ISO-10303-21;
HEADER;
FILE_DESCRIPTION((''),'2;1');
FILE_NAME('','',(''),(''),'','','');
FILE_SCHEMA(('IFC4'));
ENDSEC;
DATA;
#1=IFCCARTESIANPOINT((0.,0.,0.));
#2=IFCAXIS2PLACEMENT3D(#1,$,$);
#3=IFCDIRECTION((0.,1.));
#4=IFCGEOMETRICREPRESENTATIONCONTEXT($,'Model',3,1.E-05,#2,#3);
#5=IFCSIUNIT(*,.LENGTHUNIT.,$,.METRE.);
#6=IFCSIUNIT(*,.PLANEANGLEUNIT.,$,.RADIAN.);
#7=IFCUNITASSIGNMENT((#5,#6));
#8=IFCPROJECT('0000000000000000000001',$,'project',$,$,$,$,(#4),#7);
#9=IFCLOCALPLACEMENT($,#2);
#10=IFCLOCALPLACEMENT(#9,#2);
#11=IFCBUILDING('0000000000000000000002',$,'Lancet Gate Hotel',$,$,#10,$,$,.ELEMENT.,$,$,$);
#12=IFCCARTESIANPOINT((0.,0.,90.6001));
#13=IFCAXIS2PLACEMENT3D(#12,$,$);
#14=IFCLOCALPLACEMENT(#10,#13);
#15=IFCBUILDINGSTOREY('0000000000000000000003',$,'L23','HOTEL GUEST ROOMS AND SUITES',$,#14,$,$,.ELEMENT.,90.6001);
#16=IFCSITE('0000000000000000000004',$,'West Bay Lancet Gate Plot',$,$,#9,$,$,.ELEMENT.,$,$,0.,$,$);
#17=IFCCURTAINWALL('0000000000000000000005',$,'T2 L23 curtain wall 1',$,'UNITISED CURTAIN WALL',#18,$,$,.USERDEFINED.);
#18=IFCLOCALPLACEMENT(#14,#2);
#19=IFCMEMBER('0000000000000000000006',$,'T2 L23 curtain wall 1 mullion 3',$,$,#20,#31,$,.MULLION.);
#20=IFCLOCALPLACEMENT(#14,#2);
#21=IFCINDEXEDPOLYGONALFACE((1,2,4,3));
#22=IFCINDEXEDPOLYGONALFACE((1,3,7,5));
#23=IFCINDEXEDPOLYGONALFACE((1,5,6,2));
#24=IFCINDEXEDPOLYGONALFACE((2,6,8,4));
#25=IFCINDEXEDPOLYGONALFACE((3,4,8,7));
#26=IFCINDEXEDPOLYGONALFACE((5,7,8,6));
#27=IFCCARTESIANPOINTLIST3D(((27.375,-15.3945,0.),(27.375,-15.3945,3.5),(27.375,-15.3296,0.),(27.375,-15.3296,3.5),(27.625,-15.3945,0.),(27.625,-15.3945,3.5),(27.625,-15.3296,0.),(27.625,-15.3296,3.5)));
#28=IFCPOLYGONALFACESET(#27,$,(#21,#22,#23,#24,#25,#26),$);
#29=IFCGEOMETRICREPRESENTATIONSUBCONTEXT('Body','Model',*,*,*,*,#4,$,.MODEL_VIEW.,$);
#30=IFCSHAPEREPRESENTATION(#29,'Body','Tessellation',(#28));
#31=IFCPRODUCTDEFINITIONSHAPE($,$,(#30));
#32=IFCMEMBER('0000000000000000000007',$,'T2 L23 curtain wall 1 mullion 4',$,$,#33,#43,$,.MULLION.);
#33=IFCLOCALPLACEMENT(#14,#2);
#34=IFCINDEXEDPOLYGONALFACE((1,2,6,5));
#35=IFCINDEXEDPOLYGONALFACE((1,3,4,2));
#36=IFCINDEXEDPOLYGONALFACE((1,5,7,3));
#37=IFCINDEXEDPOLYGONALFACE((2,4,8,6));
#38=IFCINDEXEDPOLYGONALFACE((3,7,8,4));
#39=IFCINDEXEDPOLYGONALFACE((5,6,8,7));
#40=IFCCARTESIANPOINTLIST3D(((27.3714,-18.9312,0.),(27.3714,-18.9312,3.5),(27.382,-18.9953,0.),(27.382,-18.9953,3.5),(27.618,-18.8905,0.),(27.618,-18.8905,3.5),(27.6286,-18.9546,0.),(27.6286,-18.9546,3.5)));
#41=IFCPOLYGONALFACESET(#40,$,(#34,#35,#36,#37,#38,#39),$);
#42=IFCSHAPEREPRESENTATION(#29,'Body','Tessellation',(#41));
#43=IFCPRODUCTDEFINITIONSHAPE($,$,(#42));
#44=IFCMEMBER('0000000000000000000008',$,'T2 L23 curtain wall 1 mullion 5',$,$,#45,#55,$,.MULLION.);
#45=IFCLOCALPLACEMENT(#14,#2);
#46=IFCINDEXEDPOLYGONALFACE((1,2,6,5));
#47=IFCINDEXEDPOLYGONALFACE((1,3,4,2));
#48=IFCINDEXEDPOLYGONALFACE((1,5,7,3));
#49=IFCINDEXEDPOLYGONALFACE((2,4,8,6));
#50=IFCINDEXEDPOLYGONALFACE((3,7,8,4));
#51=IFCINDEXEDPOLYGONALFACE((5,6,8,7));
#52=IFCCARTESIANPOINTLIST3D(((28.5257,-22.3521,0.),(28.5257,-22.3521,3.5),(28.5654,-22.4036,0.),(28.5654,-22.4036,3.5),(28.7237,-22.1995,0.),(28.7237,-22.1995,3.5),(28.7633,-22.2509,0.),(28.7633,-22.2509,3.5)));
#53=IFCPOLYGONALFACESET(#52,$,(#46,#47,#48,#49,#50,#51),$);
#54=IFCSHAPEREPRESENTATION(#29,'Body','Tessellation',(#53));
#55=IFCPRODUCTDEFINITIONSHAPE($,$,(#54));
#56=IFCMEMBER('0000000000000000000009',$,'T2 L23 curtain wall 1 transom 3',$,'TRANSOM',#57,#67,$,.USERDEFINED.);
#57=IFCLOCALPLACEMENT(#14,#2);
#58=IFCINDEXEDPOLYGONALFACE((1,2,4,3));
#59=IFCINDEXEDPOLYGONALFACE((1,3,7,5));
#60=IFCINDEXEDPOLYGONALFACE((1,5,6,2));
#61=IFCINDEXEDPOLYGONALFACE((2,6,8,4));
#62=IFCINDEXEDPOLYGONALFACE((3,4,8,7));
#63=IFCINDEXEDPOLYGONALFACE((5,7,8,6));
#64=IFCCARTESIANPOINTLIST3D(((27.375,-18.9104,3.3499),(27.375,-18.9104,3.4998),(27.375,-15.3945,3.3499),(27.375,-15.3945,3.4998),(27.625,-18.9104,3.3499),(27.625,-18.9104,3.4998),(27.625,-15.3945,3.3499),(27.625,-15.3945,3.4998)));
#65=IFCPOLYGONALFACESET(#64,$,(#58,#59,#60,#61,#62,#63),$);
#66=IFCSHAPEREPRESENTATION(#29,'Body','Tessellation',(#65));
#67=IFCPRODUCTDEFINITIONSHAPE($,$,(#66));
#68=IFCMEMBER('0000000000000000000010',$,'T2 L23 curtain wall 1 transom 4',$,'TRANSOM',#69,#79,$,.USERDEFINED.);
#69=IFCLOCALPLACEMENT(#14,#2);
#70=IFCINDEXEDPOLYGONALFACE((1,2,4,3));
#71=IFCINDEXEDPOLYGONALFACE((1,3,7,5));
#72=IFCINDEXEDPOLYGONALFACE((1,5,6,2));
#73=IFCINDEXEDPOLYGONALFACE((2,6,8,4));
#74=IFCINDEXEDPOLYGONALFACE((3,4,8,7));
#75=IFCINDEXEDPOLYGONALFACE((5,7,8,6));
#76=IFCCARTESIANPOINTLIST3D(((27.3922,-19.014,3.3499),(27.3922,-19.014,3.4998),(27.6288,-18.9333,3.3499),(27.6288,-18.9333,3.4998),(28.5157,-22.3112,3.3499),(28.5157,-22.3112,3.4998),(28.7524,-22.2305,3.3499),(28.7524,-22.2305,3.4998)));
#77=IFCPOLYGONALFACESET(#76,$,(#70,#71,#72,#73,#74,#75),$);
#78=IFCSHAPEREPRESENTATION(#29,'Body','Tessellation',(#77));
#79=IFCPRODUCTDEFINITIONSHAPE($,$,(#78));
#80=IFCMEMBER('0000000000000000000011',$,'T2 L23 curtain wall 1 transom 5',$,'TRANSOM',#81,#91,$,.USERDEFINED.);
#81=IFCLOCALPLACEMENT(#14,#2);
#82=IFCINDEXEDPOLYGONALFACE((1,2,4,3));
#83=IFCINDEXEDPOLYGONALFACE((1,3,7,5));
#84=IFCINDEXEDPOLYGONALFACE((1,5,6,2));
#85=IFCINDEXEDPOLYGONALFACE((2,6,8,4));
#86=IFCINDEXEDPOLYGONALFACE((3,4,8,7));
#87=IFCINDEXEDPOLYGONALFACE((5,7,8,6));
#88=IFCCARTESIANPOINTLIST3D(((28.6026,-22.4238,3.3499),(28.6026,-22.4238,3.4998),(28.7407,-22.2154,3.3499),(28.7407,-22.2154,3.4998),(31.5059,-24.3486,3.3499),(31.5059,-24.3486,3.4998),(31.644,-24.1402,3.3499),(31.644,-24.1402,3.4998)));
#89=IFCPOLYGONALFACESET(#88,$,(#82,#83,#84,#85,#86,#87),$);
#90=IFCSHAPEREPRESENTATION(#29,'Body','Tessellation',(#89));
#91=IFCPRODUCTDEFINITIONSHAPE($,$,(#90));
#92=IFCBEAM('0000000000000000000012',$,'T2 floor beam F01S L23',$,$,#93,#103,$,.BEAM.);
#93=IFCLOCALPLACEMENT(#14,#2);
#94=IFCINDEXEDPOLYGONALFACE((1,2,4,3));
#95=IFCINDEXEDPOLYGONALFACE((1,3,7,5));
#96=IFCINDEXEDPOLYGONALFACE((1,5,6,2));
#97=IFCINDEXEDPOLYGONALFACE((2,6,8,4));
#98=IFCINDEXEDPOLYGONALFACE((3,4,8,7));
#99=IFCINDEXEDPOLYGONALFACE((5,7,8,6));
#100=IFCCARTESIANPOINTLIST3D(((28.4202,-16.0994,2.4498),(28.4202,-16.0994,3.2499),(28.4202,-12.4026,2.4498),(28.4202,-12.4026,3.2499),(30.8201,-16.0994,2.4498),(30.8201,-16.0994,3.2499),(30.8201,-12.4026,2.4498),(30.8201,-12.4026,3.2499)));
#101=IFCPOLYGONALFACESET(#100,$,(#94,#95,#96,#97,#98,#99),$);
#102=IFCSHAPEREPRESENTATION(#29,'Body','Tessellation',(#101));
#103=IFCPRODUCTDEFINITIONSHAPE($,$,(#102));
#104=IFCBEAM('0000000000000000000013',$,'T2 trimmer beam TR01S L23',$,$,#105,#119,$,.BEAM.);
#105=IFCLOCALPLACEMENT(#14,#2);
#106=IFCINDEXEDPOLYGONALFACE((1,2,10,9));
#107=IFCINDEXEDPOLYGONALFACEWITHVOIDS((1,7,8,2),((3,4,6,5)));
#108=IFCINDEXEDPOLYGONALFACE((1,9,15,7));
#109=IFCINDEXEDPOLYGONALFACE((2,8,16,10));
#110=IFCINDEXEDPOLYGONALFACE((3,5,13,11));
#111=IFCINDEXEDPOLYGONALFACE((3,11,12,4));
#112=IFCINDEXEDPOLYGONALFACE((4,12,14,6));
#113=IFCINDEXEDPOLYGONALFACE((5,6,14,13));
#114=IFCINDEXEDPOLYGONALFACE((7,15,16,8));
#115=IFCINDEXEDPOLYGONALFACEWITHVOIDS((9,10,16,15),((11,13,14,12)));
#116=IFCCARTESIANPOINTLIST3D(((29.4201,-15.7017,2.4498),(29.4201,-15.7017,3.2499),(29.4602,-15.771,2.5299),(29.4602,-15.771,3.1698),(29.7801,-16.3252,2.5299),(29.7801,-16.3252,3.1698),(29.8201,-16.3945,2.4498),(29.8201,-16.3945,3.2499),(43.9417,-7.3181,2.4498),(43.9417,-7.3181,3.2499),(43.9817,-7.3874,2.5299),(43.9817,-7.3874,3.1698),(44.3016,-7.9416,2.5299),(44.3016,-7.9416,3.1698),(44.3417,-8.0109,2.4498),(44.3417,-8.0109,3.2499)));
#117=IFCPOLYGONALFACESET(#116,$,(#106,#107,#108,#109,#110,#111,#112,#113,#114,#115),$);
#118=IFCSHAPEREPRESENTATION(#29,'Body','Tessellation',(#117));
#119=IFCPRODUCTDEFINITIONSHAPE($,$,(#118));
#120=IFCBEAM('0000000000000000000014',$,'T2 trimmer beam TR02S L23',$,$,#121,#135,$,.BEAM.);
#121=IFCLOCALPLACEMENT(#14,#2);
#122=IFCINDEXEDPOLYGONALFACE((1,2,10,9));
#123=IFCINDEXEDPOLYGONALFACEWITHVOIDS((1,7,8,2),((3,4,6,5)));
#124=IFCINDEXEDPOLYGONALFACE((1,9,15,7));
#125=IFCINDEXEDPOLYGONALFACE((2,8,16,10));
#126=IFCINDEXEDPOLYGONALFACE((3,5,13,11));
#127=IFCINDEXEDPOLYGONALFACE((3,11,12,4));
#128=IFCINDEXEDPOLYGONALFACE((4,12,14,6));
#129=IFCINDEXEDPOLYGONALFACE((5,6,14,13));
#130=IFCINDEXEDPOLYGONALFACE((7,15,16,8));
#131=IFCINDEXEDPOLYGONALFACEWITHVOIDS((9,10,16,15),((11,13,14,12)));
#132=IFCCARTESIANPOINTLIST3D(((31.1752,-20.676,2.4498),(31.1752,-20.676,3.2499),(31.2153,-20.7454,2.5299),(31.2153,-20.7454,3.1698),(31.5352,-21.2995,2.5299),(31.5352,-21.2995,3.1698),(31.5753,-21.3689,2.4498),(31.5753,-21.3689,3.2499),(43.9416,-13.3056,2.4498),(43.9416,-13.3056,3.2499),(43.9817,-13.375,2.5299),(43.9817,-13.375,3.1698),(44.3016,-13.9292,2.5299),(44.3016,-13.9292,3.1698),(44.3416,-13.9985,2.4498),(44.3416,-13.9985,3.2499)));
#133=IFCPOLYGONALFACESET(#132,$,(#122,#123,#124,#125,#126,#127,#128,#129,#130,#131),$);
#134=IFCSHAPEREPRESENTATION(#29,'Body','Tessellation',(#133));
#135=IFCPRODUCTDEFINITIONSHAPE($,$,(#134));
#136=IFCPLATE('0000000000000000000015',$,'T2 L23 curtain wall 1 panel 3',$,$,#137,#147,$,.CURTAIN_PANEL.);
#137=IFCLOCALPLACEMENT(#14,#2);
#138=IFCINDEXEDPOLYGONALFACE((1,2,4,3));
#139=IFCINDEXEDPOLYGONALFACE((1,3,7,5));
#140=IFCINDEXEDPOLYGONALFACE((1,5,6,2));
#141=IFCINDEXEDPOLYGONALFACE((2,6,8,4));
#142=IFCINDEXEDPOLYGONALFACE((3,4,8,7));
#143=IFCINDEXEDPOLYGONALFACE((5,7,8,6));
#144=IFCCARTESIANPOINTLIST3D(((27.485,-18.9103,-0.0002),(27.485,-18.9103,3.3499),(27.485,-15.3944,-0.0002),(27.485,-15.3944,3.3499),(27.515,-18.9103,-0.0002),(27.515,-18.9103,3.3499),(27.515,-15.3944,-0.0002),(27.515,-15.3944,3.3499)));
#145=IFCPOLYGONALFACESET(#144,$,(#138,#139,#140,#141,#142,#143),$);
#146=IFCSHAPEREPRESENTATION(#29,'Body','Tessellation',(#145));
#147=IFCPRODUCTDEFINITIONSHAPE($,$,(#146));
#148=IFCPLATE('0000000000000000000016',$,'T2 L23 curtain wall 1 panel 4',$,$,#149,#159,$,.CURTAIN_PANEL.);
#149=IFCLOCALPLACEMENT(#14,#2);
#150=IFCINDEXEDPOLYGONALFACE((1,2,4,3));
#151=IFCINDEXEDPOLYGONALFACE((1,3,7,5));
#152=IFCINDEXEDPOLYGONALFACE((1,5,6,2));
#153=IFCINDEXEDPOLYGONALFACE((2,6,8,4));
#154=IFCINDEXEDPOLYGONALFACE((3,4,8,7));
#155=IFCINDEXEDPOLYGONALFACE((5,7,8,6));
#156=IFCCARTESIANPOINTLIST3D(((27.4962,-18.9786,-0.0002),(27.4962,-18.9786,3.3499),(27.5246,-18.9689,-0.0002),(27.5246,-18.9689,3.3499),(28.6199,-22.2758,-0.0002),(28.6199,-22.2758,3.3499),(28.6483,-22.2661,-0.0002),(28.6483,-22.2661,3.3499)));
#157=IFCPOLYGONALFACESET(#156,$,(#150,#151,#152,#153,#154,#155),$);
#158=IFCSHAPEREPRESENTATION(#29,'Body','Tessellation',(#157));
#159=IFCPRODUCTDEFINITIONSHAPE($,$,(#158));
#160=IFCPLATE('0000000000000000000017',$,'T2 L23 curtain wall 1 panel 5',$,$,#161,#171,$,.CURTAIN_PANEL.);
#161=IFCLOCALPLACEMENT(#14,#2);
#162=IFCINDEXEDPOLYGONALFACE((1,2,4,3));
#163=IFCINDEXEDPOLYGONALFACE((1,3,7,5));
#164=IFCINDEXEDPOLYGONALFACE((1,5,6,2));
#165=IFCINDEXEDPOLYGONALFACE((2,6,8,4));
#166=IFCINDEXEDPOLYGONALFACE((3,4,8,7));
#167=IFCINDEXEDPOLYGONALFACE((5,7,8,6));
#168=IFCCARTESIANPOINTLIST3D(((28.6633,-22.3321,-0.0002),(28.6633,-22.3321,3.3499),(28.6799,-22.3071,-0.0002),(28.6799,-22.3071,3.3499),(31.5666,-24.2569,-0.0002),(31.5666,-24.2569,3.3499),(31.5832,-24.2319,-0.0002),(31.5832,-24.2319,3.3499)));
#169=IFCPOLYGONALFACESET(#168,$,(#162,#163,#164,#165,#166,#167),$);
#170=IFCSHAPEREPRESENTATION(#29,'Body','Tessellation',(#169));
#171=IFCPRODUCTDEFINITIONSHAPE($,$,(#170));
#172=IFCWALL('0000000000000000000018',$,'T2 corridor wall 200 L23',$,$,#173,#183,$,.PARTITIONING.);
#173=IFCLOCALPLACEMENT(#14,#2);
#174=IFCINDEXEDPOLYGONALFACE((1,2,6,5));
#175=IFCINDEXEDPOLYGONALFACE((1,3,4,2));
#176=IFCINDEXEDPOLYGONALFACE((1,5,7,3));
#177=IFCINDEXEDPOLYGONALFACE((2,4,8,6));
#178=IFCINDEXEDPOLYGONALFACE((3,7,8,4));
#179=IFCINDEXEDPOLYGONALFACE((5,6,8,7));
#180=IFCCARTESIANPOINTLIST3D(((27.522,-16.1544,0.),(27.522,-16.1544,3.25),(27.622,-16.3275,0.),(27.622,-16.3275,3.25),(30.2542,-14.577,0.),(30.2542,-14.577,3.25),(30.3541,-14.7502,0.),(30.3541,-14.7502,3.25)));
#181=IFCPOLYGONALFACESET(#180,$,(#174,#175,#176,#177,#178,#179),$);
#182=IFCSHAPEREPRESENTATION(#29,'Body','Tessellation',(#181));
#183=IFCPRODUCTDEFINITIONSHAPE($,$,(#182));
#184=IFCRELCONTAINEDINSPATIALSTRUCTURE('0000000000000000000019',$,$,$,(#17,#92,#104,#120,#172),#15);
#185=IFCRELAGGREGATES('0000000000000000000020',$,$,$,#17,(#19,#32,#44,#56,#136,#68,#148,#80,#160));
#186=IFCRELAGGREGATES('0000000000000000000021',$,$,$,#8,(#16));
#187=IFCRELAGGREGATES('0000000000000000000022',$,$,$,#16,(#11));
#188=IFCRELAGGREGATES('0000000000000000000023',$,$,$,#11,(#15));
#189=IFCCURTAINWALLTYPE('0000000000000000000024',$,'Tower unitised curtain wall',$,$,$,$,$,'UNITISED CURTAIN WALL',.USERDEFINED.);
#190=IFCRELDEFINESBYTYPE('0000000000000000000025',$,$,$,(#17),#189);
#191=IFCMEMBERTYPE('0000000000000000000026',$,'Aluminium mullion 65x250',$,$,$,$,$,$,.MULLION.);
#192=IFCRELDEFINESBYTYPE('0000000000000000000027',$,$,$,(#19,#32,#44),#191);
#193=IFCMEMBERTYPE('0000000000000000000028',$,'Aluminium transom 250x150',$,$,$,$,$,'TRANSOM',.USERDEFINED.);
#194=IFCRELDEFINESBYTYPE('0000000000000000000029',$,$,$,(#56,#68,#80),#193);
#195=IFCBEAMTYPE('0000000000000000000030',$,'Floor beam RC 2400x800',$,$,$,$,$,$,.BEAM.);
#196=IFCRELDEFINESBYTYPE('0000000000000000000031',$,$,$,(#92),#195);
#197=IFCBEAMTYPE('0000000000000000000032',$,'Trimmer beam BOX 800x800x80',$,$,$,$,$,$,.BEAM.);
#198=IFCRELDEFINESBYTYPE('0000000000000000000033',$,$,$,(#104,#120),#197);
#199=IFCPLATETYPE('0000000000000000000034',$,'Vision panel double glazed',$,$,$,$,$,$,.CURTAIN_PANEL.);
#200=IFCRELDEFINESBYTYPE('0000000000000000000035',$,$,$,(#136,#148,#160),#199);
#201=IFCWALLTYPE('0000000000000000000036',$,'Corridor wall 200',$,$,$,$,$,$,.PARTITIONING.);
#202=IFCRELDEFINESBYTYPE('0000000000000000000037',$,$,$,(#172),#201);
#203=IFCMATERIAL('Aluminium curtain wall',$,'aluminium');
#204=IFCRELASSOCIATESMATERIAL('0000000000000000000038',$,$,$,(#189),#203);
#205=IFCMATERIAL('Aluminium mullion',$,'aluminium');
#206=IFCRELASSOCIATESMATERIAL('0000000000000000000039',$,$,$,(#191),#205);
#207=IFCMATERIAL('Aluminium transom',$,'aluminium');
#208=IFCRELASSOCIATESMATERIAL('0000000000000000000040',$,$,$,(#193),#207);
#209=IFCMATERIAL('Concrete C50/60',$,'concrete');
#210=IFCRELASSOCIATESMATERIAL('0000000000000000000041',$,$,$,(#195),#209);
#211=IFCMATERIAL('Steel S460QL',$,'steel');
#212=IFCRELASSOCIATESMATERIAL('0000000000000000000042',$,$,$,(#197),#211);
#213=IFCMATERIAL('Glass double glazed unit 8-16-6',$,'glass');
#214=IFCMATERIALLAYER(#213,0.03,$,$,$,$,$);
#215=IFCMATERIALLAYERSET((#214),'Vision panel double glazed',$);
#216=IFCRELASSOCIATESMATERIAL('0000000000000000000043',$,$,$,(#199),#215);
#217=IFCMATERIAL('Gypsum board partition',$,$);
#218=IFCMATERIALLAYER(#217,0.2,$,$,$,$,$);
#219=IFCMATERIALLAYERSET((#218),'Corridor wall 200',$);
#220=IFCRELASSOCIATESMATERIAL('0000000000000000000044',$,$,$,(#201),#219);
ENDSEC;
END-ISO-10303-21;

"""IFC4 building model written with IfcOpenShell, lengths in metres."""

from ifc_helpers import new_model, si_unit, direction, frame, frame_2d, origin, origin_2d, place, context, subcontext, project, spatial, rectangle, hollow_rectangle, extrude, material, layer, layer_set, material_profile, profile_set, type_object, element, aggregate, save


model = new_model("IFC4")

# Units and contexts
model_context = context("Model", 3, precision=1e-05, world=origin(), true_north=direction((0.0, 1.0)))
body_context = subcontext(model_context, "Body", "Model", "MODEL_VIEW")
ifc_project = project(units=[si_unit("LENGTHUNIT", "METRE"), si_unit("PLANEANGLEUNIT", "RADIAN")], contexts=[model_context])

# Site, building, storey
site_placement = place(None, origin())
site = spatial("IfcSite", under=ifc_project, at=site_placement, Name="West Bay Lancet Gate Plot", CompositionType="ELEMENT", RefElevation=0.0)
building_placement = place(site_placement, origin())
building = spatial("IfcBuilding", under=site, at=building_placement, Name="Lancet Gate Hotel", CompositionType="ELEMENT")
storey_placement = place(building_placement, frame((0.0, 0.0, 90.6001)))
storey = spatial("IfcBuildingStorey", under=building, at=storey_placement, Name="L23", Description="HOTEL GUEST ROOMS AND SUITES", CompositionType="ELEMENT", Elevation=90.6001)

# Curtain wall, members
ifc_material_1 = material(Name="Aluminium curtain wall", Category="aluminium")
curtain_wall_type = type_object("IfcCurtainWallType", Name="Tower unitised curtain wall", ElementType="UNITISED CURTAIN WALL", PredefinedType="USERDEFINED", material=ifc_material_1)
curtain_wall_placement = place(storey_placement, origin())
curtain_wall = element("IfcCurtainWall", 1, at=curtain_wall_placement, inside=storey, type_object=curtain_wall_type, Name="T2 L23 curtain wall 1", ObjectType="UNITISED CURTAIN WALL", PredefinedType="USERDEFINED")
ifc_material_2 = material(Name="Aluminium mullion", Category="aluminium")
ifc_material_profile_1 = material_profile(ifc_material_2, rectangle(XDim=0.0649, YDim=0.25, at=origin_2d()), Name="MULLION 65x250")
ifc_profile_set_1 = profile_set([ifc_material_profile_1], Name="Aluminium mullion")
member_type_1 = type_object("IfcMemberType", Name="Aluminium mullion 65x250", PredefinedType="MULLION", material=ifc_profile_set_1)
member_1_placement = place(storey_placement, frame((27.5, -15.3621, 0.0), z_axis=(0.0, 0.0, 1.0), x_axis=(0.0, -1.0, 0.0)))
member_1 = element("IfcMember", 2, at=member_1_placement, type_object=member_type_1, Name="T2 L23 curtain wall 1 mullion 3", PredefinedType="MULLION", context=body_context, shape_type="SweptSolid", body=[
    extrude(rectangle(XDim=0.0649, YDim=0.25, at=origin_2d()), origin(), (0.0, 0.0, 1.0), 3.5),
])
member_2_placement = place(storey_placement, frame((27.5, -18.9429, 0.0), z_axis=(0.0, 0.0, 1.0), x_axis=(0.162739, -0.986669, 0.0)))
member_2 = element("IfcMember", 3, at=member_2_placement, type_object=member_type_1, Name="T2 L23 curtain wall 1 mullion 4", PredefinedType="MULLION", context=body_context, shape_type="SweptSolid", body=[
    extrude(rectangle(XDim=0.0649, YDim=0.25, at=origin_2d()), origin(), (0.0, 0.0, 1.0), 3.5),
])
member_3_placement = place(storey_placement, frame((28.6445, -22.3015, 0.0), z_axis=(0.0, 0.0, 1.0), x_axis=(0.610664, -0.79189, 0.0)))
member_3 = element("IfcMember", 4, at=member_3_placement, type_object=member_type_1, Name="T2 L23 curtain wall 1 mullion 5", PredefinedType="MULLION", context=body_context, shape_type="SweptSolid", body=[
    extrude(rectangle(XDim=0.0649, YDim=0.25, at=origin_2d()), origin(), (0.0, 0.0, 1.0), 3.5),
])
ifc_material_3 = material(Name="Aluminium transom", Category="aluminium")
ifc_material_profile_2 = material_profile(ifc_material_3, rectangle(XDim=0.25, YDim=0.1499, at=origin_2d()), Name="TRANSOM 250x150")
ifc_profile_set_2 = profile_set([ifc_material_profile_2], Name="Aluminium transom")
member_type_2 = type_object("IfcMemberType", Name="Aluminium transom 250x150", ElementType="TRANSOM", PredefinedType="USERDEFINED", material=ifc_profile_set_2)
member_4_placement = place(storey_placement, frame((27.5, -15.3945, 3.4248), z_axis=(0.0, -1.0, 0.0), x_axis=(1.0, 0.0, 0.0)))
member_4 = element("IfcMember", 5, at=member_4_placement, type_object=member_type_2, Name="T2 L23 curtain wall 1 transom 3", ObjectType="TRANSOM", PredefinedType="USERDEFINED", context=body_context, shape_type="SweptSolid", body=[
    extrude(rectangle(XDim=0.25, YDim=0.1499, at=origin_2d()), origin(), (0.0, 0.0, 1.0), 3.5159),
])
member_5_placement = place(storey_placement, frame((27.5105, -18.9736, 3.4248), z_axis=(0.32255, -0.946553, 0.0), x_axis=(0.946553, 0.32255, 0.0)))
member_5 = element("IfcMember", 6, at=member_5_placement, type_object=member_type_2, Name="T2 L23 curtain wall 1 transom 4", ObjectType="TRANSOM", PredefinedType="USERDEFINED", context=body_context, shape_type="SweptSolid", body=[
    extrude(rectangle(XDim=0.25, YDim=0.1499, at=origin_2d()), origin(), (0.0, 0.0, 1.0), 3.4834),
])
member_6_placement = place(storey_placement, frame((28.6716, -22.3196, 3.4248), z_axis=(0.833471, -0.552563, 0.0), x_axis=(0.552563, 0.833471, 0.0)))
member_6 = element("IfcMember", 7, at=member_6_placement, type_object=member_type_2, Name="T2 L23 curtain wall 1 transom 5", ObjectType="TRANSOM", PredefinedType="USERDEFINED", context=body_context, shape_type="SweptSolid", body=[
    extrude(rectangle(XDim=0.25, YDim=0.1499, at=origin_2d()), origin(), (0.0, 0.0, 1.0), 3.4834),
])

# Beams
ifc_material_4 = material(Name="Concrete C50/60", Category="concrete")
ifc_material_profile_3 = material_profile(ifc_material_4, rectangle(XDim=2.3999, YDim=0.8, at=origin_2d()), Name="RC 2400x800")
ifc_profile_set_3 = profile_set([ifc_material_profile_3], Name="Concrete C50/60")
beam_type_1 = type_object("IfcBeamType", Name="Floor beam RC 2400x800", PredefinedType="BEAM", material=ifc_profile_set_3)
beam_1_placement = place(storey_placement, frame((29.6201, -16.0994, 2.8499), z_axis=(0.0, 1.0, 0.0), x_axis=(-1.0, 0.0, 0.0)))
element("IfcBeam", 8, at=beam_1_placement, inside=storey, type_object=beam_type_1, Name="T2 floor beam F01S L23", PredefinedType="BEAM", context=body_context, shape_type="SweptSolid", body=[
    extrude(rectangle(XDim=2.3999, YDim=0.8, at=origin_2d()), origin(), (0.0, 0.0, 1.0), 3.6968),
])
ifc_material_5 = material(Name="Steel S460QL", Category="steel")
ifc_material_profile_4 = material_profile(ifc_material_5, hollow_rectangle(XDim=0.8, YDim=0.8, WallThickness=0.0801, at=origin_2d()), Name="BOX 800x800x80")
ifc_profile_set_4 = profile_set([ifc_material_profile_4], Name="Steel S460QL")
beam_type_2 = type_object("IfcBeamType", Name="Trimmer beam BOX 800x800x80", PredefinedType="BEAM", material=ifc_profile_set_4)
beam_2_placement = place(storey_placement, frame((29.6201, -16.0481, 2.8499), z_axis=(0.866037, 0.49998, 0.0), x_axis=(-0.49998, 0.866037, 0.0)))
element("IfcBeam", 9, at=beam_2_placement, inside=storey, type_object=beam_type_2, Name="T2 trimmer beam TR01S L23", PredefinedType="BEAM", context=body_context, shape_type="SweptSolid", body=[
    extrude(hollow_rectangle(XDim=0.8, YDim=0.8, WallThickness=0.0801, at=origin_2d()), origin(), (0.0, 0.0, 1.0), 16.7678),
])
beam_3_placement = place(storey_placement, frame((31.3752, -21.0225, 2.8499), z_axis=(0.866034, 0.499985, 0.0), x_axis=(-0.499985, 0.866034, 0.0)))
element("IfcBeam", 10, at=beam_3_placement, inside=storey, type_object=beam_type_2, Name="T2 trimmer beam TR02S L23", PredefinedType="BEAM", context=body_context, shape_type="SweptSolid", body=[
    extrude(hollow_rectangle(XDim=0.8, YDim=0.8, WallThickness=0.0801, at=origin_2d()), origin(), (0.0, 0.0, 1.0), 14.7412),
])

# Plates
ifc_material_6 = material(Name="Glass double glazed unit 8-16-6", Category="glass")
ifc_layer_1 = layer(ifc_material_6, 0.03)
ifc_layer_set_1 = layer_set([ifc_layer_1], Name="Vision panel double glazed")
plate_type = type_object("IfcPlateType", Name="Vision panel double glazed", PredefinedType="CURTAIN_PANEL", material=ifc_layer_set_1)
plate_1_placement = place(storey_placement, frame((27.5, -17.1523, -0.0002), z_axis=(0.0, 0.0, 1.0), x_axis=(0.0, -1.0, 0.0)))
plate_1 = element("IfcPlate", 11, at=plate_1_placement, type_object=plate_type, Name="T2 L23 curtain wall 1 panel 3", PredefinedType="CURTAIN_PANEL", context=body_context, shape_type="SweptSolid", body=[
    extrude(rectangle(XDim=3.5159, YDim=0.03, at=origin_2d()), origin(), (0.0, 0.0, 1.0), 3.3501),
])
plate_2_placement = place(storey_placement, frame((28.0723, -20.6223, -0.0002), z_axis=(0.0, 0.0, 1.0), x_axis=(0.322576, -0.946544, 0.0)))
plate_2 = element("IfcPlate", 12, at=plate_2_placement, type_object=plate_type, Name="T2 L23 curtain wall 1 panel 4", PredefinedType="CURTAIN_PANEL", context=body_context, shape_type="SweptSolid", body=[
    extrude(rectangle(XDim=3.4834, YDim=0.03, at=origin_2d()), origin(), (0.0, 0.0, 1.0), 3.3501),
])
plate_3_placement = place(storey_placement, frame((30.1233, -23.282, -0.0002), z_axis=(0.0, 0.0, 1.0), x_axis=(0.833465, -0.552573, 0.0)))
plate_3 = element("IfcPlate", 13, at=plate_3_placement, type_object=plate_type, Name="T2 L23 curtain wall 1 panel 5", PredefinedType="CURTAIN_PANEL", context=body_context, shape_type="SweptSolid", body=[
    extrude(rectangle(XDim=3.4834, YDim=0.03, at=origin_2d()), origin(), (0.0, 0.0, 1.0), 3.3501),
])
aggregate(curtain_wall, [member_1, member_2, member_3, member_4, plate_1, member_5, plate_2, member_6, plate_3])

# Wall
ifc_material_7 = material(Name="Gypsum board partition")
ifc_layer_2 = layer(ifc_material_7, 0.2)
ifc_layer_set_2 = layer_set([ifc_layer_2], Name="Corridor wall 200")
wall_type_1 = type_object("IfcWallType", Name="Corridor wall 200", PredefinedType="PARTITIONING", material=ifc_layer_set_2)
wall_1_placement = place(storey_placement, frame((27.572, -16.241, 0.0), z_axis=(0.0, 0.0, 1.0), x_axis=(0.86603, 0.499993, 0.0)))
element("IfcWall", 14, at=wall_1_placement, inside=storey, type_object=wall_type_1, Name="T2 corridor wall 200 L23", PredefinedType="PARTITIONING", context=body_context, shape_type="SweptSolid", body=[
    extrude(rectangle(XDim=3.1548, YDim=0.2, at=frame_2d((1.5774, 0.0))), origin(), (0.0, 0.0, 1.0), 3.25),
])

save(model, "model.ifc")
